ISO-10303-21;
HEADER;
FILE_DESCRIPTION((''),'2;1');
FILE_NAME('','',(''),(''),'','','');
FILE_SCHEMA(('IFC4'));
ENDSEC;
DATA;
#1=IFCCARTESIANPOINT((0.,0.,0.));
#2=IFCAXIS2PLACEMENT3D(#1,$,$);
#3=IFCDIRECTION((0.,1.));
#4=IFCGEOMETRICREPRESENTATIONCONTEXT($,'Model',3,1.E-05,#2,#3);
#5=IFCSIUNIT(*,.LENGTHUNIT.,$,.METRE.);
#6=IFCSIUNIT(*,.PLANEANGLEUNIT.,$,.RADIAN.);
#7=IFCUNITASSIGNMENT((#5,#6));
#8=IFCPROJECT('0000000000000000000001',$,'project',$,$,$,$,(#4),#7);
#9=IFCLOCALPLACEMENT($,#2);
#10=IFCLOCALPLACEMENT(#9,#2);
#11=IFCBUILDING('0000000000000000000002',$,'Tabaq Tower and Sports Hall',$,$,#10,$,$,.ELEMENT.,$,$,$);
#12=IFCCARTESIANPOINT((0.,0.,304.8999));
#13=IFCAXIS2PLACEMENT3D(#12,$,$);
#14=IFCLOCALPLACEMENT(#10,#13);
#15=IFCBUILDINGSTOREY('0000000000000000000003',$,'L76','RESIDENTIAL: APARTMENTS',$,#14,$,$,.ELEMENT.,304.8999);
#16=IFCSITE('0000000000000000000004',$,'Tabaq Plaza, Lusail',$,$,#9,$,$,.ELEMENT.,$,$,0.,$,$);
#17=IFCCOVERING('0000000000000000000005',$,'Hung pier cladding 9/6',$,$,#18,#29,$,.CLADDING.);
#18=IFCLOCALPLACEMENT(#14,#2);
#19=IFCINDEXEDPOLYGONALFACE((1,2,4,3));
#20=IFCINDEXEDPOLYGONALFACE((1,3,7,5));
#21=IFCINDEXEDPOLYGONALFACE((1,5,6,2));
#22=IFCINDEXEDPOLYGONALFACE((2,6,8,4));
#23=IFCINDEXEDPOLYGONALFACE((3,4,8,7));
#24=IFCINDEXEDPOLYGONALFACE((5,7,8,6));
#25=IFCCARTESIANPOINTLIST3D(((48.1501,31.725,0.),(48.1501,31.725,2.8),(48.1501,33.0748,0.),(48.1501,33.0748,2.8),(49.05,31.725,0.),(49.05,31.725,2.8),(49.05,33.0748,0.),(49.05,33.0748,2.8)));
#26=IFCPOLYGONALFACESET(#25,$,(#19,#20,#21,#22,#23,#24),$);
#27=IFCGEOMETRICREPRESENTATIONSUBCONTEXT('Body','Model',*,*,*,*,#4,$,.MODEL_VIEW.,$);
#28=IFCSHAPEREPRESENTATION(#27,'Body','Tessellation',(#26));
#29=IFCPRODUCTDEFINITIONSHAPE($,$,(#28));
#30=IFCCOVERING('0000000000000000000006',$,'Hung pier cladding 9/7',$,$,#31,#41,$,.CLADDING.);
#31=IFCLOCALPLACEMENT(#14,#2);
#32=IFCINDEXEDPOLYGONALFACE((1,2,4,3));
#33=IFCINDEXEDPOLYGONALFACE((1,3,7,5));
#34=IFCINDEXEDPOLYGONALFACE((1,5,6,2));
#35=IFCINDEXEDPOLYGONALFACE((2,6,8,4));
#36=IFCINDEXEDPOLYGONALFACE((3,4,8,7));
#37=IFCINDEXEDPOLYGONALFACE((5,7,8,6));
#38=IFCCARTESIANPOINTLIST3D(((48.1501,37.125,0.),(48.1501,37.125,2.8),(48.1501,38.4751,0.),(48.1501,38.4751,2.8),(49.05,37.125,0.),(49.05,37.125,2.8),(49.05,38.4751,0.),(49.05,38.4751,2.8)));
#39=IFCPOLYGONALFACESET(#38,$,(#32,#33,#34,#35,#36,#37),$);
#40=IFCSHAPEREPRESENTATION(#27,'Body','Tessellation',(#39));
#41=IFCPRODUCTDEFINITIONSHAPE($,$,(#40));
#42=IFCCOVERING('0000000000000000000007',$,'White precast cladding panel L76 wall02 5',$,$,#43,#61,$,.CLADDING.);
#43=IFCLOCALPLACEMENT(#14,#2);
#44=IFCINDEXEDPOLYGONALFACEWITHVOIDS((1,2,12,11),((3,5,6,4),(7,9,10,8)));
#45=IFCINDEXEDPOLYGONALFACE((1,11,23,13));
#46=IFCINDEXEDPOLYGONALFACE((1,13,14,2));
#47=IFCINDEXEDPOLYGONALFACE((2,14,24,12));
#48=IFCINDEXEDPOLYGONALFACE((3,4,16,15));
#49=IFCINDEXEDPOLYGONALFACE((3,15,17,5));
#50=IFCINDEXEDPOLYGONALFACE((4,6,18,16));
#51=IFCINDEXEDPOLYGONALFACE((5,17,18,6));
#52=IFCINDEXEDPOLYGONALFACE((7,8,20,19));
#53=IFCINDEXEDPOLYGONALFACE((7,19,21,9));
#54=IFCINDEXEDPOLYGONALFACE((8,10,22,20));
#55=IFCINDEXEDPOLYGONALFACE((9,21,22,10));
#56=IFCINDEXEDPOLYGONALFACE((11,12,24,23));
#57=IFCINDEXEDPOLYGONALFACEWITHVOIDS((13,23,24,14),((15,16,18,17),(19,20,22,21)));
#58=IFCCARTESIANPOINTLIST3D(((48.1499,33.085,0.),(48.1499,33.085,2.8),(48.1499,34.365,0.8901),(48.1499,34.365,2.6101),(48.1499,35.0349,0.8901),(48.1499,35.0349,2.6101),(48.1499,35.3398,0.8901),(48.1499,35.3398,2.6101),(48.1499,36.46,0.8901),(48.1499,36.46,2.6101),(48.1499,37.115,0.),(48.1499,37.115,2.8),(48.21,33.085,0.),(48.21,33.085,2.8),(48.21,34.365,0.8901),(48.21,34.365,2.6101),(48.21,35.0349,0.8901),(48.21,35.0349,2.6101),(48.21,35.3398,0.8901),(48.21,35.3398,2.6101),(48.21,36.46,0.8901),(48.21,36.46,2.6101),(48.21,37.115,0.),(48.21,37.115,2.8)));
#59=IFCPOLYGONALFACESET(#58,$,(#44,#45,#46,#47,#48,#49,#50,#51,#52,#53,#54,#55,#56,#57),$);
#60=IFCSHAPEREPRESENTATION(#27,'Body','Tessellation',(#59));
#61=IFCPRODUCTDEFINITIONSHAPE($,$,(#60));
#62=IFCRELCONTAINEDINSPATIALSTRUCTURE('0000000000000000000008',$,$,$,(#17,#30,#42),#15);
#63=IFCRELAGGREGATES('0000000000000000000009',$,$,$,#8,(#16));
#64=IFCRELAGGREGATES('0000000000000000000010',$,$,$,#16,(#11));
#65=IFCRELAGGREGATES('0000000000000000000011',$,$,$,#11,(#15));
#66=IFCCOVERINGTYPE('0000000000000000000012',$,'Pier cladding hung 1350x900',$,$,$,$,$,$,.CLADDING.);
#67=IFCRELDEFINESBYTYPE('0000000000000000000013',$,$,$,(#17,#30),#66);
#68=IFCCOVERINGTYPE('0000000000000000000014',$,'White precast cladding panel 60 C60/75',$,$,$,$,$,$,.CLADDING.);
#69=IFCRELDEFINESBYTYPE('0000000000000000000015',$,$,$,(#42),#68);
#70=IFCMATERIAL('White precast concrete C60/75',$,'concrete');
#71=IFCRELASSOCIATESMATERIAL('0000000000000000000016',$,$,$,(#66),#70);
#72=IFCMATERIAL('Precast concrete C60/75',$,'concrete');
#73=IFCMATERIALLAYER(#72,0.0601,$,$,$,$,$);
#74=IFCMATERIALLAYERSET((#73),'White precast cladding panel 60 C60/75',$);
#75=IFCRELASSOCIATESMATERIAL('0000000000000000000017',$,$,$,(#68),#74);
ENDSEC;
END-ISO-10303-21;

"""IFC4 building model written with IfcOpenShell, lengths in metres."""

from ifc_helpers import new_model, si_unit, direction, frame, frame_2d, origin, place, context, subcontext, project, spatial, polyline, rectangle, outline, extrude, material, layer, layer_set, type_object, element, save


model = new_model("IFC4")

# Units and contexts
model_context = context("Model", 3, precision=1e-05, world=origin(), true_north=direction((0.0, 1.0)))
body_context = subcontext(model_context, "Body", "Model", "MODEL_VIEW")
ifc_project = project(units=[si_unit("LENGTHUNIT", "METRE"), si_unit("PLANEANGLEUNIT", "RADIAN")], contexts=[model_context])

# Site, building, storey
site_placement = place(None, origin())
site = spatial("IfcSite", under=ifc_project, at=site_placement, Name="Tabaq Plaza, Lusail", CompositionType="ELEMENT", RefElevation=0.0)
building_placement = place(site_placement, origin())
building = spatial("IfcBuilding", under=site, at=building_placement, Name="Tabaq Tower and Sports Hall", CompositionType="ELEMENT")
storey_placement = place(building_placement, frame((0.0, 0.0, 304.8999)))
storey = spatial("IfcBuildingStorey", under=building, at=storey_placement, Name="L76", Description="RESIDENTIAL: APARTMENTS", CompositionType="ELEMENT", Elevation=304.8999)

# Coverings
ifc_material_1 = material(Name="White precast concrete C60/75", Category="concrete")
covering_type_1 = type_object("IfcCoveringType", Name="Pier cladding hung 1350x900", PredefinedType="CLADDING", material=ifc_material_1)
covering_1_placement = place(storey_placement, frame((48.6001, 31.7251, 0.0), z_axis=(0.0, 0.0, 1.0), x_axis=(0.0, 1.0, 0.0)))
element("IfcCovering", 1, at=covering_1_placement, inside=storey, type_object=covering_type_1, Name="Hung pier cladding 9/6", PredefinedType="CLADDING", context=body_context, shape_type="SweptSolid", body=[
    extrude(rectangle(XDim=1.3499, YDim=0.8999, at=frame_2d((0.6748, 0.0))), origin(), (0.0, 0.0, 1.0), 2.8),
])
covering_2_placement = place(storey_placement, frame((48.6001, 37.125, 0.0), z_axis=(0.0, 0.0, 1.0), x_axis=(0.0, 1.0, 0.0)))
element("IfcCovering", 2, at=covering_2_placement, inside=storey, type_object=covering_type_1, Name="Hung pier cladding 9/7", PredefinedType="CLADDING", context=body_context, shape_type="SweptSolid", body=[
    extrude(rectangle(XDim=1.3501, YDim=0.8999, at=frame_2d((0.675, 0.0))), origin(), (0.0, 0.0, 1.0), 2.8),
])
ifc_material_2 = material(Name="Precast concrete C60/75", Category="concrete")
ifc_layer_1 = layer(ifc_material_2, 0.0601)
ifc_layer_set_1 = layer_set([ifc_layer_1], Name="White precast cladding panel 60 C60/75")
covering_type_2 = type_object("IfcCoveringType", Name="White precast cladding panel 60 C60/75", PredefinedType="CLADDING", material=ifc_layer_set_1)
covering_3_placement = place(storey_placement, frame((48.1799, 33.085, 0.0), z_axis=(0.0, 0.0, 1.0), x_axis=(0.0, 1.0, 0.0)))
element("IfcCovering", 3, at=covering_3_placement, inside=storey, type_object=covering_type_2, Name="White precast cladding panel L76 wall02 5", PredefinedType="CLADDING", context=body_context, shape_type="SweptSolid", body=[
    extrude(outline(polyline([(0.0, 0.0), (4.03, 0.0), (4.03, 2.8), (0.0, 2.8), (0.0, 0.0)]), holes=[polyline([(1.28, 2.6101), (1.95, 2.6101), (1.95, 0.8901), (1.28, 0.8901), (1.28, 2.6101)]), polyline([(2.2549, 2.6101), (3.375, 2.6101), (3.375, 0.8901), (2.2549, 0.8901), (2.2549, 2.6101)])]), frame((0.0, 0.03, 0.0), z_axis=(0.0, -1.0, 0.0), x_axis=(1.0, 0.0, 0.0)), (0.0, 0.0, 1.0), 0.0601),
])

save(model, "model.ifc")
